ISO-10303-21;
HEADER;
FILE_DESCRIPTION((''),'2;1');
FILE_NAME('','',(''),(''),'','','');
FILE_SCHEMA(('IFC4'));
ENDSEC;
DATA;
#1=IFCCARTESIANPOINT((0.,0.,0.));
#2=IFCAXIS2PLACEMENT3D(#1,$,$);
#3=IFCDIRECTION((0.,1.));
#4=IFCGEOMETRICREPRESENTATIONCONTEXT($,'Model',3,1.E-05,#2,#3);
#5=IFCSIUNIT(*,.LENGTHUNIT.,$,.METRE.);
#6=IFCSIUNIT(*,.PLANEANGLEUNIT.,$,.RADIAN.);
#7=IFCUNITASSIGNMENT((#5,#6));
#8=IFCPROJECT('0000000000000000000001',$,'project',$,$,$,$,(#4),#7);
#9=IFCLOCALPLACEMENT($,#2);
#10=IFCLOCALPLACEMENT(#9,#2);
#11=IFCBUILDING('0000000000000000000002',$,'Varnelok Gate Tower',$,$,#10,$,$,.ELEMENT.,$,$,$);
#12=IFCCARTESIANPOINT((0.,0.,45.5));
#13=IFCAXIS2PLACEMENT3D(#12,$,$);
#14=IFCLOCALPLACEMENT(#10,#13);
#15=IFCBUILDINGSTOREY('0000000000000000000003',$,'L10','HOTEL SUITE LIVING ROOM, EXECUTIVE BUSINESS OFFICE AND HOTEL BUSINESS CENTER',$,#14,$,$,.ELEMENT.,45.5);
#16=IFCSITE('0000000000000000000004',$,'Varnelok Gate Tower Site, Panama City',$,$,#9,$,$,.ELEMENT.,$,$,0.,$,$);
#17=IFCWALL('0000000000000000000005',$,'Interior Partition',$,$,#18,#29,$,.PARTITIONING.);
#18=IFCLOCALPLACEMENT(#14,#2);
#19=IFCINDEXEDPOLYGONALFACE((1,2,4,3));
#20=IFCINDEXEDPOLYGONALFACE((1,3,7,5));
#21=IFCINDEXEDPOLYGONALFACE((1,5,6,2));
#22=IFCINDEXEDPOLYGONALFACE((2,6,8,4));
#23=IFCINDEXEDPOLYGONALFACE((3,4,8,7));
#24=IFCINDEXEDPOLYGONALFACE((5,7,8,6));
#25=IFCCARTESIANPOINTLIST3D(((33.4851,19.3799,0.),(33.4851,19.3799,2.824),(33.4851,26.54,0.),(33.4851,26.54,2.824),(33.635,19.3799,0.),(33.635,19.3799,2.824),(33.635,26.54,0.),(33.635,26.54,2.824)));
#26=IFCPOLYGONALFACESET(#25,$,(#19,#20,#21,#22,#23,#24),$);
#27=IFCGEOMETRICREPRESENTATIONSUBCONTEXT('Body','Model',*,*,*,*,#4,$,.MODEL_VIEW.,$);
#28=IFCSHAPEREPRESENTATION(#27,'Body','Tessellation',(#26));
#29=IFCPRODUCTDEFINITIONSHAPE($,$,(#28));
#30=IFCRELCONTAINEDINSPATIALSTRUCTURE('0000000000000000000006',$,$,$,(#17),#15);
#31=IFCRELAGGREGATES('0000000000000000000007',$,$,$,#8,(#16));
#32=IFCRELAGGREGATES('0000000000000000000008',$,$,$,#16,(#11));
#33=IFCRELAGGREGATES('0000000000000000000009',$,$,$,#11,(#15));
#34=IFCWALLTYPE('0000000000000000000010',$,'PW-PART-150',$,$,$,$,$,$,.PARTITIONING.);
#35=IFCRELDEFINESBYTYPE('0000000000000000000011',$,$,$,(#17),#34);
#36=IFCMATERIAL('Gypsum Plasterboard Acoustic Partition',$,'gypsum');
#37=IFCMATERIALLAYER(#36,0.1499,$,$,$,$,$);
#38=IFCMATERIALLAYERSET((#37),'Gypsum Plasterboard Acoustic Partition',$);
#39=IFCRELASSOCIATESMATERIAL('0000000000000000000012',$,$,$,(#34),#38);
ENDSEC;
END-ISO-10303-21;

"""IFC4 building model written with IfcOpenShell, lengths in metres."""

from ifc_helpers import new_model, si_unit, direction, frame, frame_2d, origin, place, context, subcontext, project, spatial, rectangle, extrude, material, layer, layer_set, type_object, element, save


model = new_model("IFC4")

# Units and contexts
model_context = context("Model", 3, precision=1e-05, world=origin(), true_north=direction((0.0, 1.0)))
body_context = subcontext(model_context, "Body", "Model", "MODEL_VIEW")
ifc_project = project(units=[si_unit("LENGTHUNIT", "METRE"), si_unit("PLANEANGLEUNIT", "RADIAN")], contexts=[model_context])

# Site, building, storey
site_placement = place(None, origin())
site = spatial("IfcSite", under=ifc_project, at=site_placement, Name="Varnelok Gate Tower Site, Panama City", CompositionType="ELEMENT", RefElevation=0.0)
building_placement = place(site_placement, origin())
building = spatial("IfcBuilding", under=site, at=building_placement, Name="Varnelok Gate Tower", CompositionType="ELEMENT")
storey_placement = place(building_placement, frame((0.0, 0.0, 45.5)))
storey = spatial("IfcBuildingStorey", under=building, at=storey_placement, Name="L10", Description="HOTEL SUITE LIVING ROOM, EXECUTIVE BUSINESS OFFICE AND HOTEL BUSINESS CENTER", CompositionType="ELEMENT", Elevation=45.5)

# Shared definitions
ifc_material_1 = material(Name="Gypsum Plasterboard Acoustic Partition", Category="gypsum")

# Shared definitions
ifc_layer_1 = layer(ifc_material_1, 0.1499)
ifc_layer_set_1 = layer_set([ifc_layer_1], Name="Gypsum Plasterboard Acoustic Partition")
wall_type_1 = type_object("IfcWallType", Name="PW-PART-150", PredefinedType="PARTITIONING", material=ifc_layer_set_1)

# Wall
wall_1_placement = place(storey_placement, frame((33.5601, 19.3799, 0.0), z_axis=(0.0, 0.0, 1.0), x_axis=(0.0, 1.0, 0.0)))
element("IfcWall", 1, at=wall_1_placement, inside=storey, type_object=wall_type_1, Name="Interior Partition", PredefinedType="PARTITIONING", context=body_context, shape_type="SweptSolid", body=[
    extrude(rectangle(XDim=7.1602, YDim=0.1499, at=frame_2d((3.5801, 0.0))), origin(), (0.0, 0.0, 1.0), 2.824),
])

save(model, "model.ifc")
